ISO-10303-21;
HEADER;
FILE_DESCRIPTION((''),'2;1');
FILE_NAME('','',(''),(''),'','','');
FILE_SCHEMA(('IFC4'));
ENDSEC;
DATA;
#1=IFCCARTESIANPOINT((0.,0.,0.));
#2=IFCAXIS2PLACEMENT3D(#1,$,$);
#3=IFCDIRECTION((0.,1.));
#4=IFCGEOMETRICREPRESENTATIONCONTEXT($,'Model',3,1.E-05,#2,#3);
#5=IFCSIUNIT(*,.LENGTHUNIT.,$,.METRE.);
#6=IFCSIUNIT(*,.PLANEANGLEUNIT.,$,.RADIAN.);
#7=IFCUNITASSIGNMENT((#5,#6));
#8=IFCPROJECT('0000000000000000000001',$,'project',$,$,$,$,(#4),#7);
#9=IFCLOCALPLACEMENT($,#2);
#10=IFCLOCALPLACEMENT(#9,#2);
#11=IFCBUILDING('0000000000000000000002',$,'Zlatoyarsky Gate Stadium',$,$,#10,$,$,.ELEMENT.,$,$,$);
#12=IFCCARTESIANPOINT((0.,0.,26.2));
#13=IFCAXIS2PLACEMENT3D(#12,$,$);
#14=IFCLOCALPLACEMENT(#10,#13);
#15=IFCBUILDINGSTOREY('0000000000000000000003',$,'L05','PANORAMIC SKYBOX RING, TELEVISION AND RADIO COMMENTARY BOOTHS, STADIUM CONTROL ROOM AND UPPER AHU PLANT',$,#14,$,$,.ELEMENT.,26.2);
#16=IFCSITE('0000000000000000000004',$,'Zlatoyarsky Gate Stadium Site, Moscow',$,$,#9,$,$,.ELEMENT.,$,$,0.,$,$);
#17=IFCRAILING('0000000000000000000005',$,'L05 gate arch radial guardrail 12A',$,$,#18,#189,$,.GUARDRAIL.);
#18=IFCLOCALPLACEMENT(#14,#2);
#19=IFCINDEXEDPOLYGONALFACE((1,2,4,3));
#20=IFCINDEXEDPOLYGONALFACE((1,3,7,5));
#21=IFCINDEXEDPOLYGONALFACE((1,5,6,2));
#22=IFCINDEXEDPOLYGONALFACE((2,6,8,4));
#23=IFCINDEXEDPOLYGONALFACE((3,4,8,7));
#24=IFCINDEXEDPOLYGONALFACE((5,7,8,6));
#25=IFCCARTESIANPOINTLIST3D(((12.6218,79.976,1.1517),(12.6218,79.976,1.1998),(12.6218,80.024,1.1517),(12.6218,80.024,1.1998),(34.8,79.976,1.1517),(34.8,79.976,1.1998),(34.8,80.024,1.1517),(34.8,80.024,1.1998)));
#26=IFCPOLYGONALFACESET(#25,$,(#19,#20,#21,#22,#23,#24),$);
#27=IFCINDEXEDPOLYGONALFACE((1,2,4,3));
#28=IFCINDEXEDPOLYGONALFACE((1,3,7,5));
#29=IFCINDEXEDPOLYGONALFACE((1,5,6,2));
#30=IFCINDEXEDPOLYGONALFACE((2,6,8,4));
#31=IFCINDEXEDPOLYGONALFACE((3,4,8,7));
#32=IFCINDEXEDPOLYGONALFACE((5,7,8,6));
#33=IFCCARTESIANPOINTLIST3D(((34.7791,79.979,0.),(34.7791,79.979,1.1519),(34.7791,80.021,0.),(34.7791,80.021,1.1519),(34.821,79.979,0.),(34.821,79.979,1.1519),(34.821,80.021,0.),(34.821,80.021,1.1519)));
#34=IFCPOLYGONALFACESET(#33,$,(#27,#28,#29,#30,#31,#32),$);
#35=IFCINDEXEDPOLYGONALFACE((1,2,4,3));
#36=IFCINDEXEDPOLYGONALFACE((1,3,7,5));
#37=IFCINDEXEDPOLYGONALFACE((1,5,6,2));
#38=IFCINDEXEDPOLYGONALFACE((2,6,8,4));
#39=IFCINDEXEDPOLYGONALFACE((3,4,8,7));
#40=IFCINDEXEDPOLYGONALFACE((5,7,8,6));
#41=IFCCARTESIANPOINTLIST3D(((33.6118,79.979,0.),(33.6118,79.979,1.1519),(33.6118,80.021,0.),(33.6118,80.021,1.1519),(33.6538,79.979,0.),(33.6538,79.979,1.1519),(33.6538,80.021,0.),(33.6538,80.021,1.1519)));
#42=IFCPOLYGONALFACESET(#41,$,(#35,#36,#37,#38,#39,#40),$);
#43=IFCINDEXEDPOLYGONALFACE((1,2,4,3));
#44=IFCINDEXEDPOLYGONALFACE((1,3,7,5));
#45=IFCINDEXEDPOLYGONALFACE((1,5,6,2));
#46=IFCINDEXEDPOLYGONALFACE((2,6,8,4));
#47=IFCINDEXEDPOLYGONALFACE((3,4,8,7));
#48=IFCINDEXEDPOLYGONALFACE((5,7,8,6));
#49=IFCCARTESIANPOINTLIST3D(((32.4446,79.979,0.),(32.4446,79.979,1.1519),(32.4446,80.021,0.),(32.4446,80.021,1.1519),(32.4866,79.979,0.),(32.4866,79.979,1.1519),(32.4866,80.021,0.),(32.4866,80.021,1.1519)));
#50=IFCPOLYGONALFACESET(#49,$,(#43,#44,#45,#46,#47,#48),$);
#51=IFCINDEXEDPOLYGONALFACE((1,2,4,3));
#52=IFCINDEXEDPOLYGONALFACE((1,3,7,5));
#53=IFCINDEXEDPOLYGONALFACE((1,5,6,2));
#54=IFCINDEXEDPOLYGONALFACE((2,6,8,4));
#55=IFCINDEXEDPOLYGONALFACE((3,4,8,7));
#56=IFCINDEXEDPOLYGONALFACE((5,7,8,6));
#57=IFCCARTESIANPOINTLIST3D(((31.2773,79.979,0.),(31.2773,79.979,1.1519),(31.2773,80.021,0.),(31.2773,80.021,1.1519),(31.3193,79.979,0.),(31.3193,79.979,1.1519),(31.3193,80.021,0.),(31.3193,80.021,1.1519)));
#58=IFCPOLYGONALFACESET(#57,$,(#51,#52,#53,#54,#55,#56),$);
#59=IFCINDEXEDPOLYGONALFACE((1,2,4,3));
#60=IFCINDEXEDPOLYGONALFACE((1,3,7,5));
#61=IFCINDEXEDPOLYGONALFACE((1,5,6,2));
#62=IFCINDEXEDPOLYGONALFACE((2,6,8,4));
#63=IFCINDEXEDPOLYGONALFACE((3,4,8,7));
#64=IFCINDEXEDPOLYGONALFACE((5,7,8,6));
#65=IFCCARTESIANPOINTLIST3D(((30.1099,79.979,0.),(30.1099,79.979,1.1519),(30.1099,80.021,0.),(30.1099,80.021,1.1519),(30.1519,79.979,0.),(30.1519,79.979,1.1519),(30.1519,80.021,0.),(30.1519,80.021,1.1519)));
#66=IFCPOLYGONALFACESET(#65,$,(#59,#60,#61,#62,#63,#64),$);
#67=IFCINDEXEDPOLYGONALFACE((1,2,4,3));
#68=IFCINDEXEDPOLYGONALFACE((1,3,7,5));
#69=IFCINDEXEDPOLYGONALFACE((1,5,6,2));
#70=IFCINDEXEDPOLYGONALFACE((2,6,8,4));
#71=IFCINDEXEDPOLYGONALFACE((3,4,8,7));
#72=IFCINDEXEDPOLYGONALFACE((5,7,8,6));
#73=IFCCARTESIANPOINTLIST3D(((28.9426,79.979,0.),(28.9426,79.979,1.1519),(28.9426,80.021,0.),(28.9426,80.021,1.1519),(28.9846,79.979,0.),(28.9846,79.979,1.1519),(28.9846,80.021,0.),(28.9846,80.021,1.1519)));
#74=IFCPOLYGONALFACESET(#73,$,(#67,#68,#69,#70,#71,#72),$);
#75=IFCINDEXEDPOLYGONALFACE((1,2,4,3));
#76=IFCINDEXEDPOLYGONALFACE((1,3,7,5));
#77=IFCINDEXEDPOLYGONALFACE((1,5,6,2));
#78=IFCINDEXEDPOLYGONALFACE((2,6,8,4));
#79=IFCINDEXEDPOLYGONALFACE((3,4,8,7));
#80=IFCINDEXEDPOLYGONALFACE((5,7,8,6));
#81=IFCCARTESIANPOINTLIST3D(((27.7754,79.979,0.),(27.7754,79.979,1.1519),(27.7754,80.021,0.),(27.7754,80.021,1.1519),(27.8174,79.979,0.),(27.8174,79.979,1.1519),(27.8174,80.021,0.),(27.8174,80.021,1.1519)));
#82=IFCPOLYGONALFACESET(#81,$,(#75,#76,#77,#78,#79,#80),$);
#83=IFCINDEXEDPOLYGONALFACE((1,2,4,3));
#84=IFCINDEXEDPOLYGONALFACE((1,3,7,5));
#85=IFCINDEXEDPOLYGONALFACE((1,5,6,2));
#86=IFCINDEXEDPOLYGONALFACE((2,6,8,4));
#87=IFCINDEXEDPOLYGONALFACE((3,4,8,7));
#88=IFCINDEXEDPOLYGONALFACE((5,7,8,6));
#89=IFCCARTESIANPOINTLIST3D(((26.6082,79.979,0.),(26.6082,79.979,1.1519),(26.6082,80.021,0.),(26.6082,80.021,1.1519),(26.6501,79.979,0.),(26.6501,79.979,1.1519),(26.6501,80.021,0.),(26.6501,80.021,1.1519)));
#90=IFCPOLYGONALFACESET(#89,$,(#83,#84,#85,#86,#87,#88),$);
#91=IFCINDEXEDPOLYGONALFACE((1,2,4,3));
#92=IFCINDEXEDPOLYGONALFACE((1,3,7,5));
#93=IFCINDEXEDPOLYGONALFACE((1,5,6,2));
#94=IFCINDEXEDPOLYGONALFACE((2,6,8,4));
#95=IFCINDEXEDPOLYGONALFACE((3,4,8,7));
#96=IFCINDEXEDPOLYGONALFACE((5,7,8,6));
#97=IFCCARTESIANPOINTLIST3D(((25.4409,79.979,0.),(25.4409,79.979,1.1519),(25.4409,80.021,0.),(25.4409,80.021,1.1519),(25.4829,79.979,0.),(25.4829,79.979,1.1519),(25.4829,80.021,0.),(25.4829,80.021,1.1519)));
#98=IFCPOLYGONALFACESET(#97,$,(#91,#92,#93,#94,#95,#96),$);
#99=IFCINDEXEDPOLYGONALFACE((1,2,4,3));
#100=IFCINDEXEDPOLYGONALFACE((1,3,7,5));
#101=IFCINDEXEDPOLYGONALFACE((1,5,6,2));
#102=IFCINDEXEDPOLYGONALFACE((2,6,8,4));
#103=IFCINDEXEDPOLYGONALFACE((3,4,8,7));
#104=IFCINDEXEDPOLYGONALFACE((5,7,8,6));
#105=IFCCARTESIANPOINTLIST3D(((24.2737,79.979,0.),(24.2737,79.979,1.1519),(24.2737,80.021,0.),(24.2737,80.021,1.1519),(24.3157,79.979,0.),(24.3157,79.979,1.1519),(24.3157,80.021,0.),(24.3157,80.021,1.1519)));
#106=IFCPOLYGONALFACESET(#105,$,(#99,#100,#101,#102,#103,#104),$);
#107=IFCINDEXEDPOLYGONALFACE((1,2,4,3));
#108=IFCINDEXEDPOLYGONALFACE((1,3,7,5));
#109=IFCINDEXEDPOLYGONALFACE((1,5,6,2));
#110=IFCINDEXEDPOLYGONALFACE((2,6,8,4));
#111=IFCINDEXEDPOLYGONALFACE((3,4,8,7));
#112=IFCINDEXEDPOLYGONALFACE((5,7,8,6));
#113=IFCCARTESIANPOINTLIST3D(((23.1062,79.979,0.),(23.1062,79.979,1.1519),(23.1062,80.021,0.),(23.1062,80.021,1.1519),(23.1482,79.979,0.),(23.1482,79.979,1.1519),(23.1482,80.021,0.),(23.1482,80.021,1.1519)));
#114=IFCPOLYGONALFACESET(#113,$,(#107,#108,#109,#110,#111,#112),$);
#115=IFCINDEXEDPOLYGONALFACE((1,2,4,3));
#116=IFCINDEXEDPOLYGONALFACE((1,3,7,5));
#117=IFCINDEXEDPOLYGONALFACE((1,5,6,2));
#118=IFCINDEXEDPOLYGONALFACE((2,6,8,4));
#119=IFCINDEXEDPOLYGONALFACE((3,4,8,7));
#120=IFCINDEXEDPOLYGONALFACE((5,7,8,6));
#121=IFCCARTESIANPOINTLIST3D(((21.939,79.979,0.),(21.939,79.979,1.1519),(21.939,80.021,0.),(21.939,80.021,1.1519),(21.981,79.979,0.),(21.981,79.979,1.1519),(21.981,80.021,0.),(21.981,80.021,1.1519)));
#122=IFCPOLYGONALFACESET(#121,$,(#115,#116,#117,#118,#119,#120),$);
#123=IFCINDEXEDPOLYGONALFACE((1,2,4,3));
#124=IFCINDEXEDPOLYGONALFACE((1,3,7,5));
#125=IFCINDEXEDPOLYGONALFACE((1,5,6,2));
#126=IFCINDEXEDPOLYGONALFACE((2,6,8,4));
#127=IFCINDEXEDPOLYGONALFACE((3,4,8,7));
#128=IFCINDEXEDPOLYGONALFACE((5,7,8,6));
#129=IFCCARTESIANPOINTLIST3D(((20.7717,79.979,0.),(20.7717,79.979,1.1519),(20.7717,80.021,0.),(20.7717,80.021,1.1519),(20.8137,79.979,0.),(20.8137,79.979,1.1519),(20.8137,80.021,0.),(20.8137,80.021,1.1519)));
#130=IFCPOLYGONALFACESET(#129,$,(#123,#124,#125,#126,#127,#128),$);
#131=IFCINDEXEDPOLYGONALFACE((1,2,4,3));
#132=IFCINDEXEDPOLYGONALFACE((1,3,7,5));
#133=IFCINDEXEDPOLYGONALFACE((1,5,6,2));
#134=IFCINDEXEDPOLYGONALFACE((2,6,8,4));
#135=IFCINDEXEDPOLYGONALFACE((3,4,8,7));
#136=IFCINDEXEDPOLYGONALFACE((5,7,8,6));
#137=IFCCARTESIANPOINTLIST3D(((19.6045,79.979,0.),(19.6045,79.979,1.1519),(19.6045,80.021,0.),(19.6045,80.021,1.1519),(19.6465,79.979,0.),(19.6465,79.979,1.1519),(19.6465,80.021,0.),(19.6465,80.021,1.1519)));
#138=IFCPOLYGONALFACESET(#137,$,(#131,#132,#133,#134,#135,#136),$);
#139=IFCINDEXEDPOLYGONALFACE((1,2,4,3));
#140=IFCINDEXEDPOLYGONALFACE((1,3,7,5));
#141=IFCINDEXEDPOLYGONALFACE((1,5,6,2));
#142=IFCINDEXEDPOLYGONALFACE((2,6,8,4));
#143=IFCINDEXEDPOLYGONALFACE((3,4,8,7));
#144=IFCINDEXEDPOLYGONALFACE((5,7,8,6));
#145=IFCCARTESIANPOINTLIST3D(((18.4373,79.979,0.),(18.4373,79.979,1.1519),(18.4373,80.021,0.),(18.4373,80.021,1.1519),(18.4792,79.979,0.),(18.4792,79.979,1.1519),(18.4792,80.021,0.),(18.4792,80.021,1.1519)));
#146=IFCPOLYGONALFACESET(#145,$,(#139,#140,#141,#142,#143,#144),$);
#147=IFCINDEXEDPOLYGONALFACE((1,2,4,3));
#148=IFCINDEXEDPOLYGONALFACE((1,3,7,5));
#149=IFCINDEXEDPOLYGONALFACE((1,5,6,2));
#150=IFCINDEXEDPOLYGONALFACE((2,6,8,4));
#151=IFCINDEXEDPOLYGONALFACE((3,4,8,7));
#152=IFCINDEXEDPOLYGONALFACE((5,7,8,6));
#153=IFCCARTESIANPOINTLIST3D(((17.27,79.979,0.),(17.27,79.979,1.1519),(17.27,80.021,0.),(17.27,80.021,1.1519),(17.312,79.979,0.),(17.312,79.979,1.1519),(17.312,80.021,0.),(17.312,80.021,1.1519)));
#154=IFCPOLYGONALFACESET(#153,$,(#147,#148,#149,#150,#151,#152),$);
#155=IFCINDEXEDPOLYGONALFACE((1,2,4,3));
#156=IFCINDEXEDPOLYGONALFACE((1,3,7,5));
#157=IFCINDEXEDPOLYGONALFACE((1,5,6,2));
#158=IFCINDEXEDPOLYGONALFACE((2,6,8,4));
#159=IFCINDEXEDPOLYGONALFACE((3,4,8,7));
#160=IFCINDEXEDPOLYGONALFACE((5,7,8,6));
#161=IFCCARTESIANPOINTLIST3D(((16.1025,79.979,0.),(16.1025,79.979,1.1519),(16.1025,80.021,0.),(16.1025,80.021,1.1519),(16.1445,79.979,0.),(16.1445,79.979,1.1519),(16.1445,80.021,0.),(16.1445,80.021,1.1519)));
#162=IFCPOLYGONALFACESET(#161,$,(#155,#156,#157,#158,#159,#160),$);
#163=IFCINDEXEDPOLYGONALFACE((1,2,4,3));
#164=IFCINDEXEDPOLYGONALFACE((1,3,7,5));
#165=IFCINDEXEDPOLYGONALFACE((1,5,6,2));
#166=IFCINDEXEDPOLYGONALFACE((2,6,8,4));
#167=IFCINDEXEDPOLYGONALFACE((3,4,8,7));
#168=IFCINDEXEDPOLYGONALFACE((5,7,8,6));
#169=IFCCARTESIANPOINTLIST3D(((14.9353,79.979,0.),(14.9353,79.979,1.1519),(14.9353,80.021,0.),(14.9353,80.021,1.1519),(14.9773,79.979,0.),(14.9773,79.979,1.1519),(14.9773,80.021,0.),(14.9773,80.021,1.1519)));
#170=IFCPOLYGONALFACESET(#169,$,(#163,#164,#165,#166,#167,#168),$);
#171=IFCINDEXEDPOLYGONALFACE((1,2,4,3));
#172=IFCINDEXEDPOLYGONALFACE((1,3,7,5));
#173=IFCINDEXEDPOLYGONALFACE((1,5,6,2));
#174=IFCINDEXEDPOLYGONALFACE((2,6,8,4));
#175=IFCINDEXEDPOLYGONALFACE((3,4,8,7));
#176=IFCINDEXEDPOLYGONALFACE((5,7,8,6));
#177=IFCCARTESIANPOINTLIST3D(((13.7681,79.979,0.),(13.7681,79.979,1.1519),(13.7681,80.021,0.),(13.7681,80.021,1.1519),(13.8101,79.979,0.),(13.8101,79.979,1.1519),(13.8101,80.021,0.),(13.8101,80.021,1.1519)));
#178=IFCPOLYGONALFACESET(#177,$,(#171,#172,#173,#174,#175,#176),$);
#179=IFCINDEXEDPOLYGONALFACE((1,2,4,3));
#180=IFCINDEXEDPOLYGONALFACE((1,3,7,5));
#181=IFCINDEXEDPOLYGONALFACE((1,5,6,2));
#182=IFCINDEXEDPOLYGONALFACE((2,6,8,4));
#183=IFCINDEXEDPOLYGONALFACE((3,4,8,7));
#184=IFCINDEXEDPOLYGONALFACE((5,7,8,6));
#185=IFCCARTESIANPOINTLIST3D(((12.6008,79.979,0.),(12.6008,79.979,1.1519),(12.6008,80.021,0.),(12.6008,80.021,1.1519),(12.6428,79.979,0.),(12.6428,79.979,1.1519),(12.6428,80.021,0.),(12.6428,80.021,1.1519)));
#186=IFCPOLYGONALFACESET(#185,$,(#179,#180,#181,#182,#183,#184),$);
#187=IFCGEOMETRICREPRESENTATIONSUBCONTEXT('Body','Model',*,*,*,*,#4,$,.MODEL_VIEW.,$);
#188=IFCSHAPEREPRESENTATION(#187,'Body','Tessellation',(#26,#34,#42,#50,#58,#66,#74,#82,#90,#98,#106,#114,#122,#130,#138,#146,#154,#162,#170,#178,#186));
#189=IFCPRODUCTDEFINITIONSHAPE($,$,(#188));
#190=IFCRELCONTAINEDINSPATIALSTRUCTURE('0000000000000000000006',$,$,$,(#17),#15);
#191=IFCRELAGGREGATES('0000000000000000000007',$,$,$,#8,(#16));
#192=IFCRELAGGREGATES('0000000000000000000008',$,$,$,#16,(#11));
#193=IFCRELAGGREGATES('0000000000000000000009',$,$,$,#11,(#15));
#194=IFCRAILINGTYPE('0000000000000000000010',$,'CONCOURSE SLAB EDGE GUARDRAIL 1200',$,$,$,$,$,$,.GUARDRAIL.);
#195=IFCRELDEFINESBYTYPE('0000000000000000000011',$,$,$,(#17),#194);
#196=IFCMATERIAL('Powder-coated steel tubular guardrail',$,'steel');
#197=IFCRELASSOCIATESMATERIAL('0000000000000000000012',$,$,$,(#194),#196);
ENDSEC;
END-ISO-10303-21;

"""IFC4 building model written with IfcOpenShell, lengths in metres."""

from ifc_helpers import new_model, si_unit, direction, frame, origin, origin_2d, place, context, subcontext, project, spatial, rectangle, extrude, material, type_object, element, save


model = new_model("IFC4")

# Units and contexts
model_context = context("Model", 3, precision=1e-05, world=origin(), true_north=direction((0.0, 1.0)))
body_context = subcontext(model_context, "Body", "Model", "MODEL_VIEW")
ifc_project = project(units=[si_unit("LENGTHUNIT", "METRE"), si_unit("PLANEANGLEUNIT", "RADIAN")], contexts=[model_context])

# Site, building, storey
site_placement = place(None, origin())
site = spatial("IfcSite", under=ifc_project, at=site_placement, Name="Zlatoyarsky Gate Stadium Site, Moscow", CompositionType="ELEMENT", RefElevation=0.0)
building_placement = place(site_placement, origin())
building = spatial("IfcBuilding", under=site, at=building_placement, Name="Zlatoyarsky Gate Stadium", CompositionType="ELEMENT")
storey_placement = place(building_placement, frame((0.0, 0.0, 26.2)))
storey = spatial("IfcBuildingStorey", under=building, at=storey_placement, Name="L05", Description="PANORAMIC SKYBOX RING, TELEVISION AND RADIO COMMENTARY BOOTHS, STADIUM CONTROL ROOM AND UPPER AHU PLANT", CompositionType="ELEMENT", Elevation=26.2)

# Railing
ifc_material_1 = material(Name="Powder-coated steel tubular guardrail", Category="steel")
railing_type = type_object("IfcRailingType", Name="CONCOURSE SLAB EDGE GUARDRAIL 1200", PredefinedType="GUARDRAIL", material=ifc_material_1)
railing_placement = place(storey_placement, frame((34.8, 80.0, 0.0)))
element("IfcRailing", 1, at=railing_placement, inside=storey, type_object=railing_type, Name="L05 gate arch radial guardrail 12A", PredefinedType="GUARDRAIL", context=body_context, shape_type="SweptSolid", body=[
    extrude(rectangle(XDim=0.0481, YDim=0.0481, at=origin_2d()), frame((0.0, 0.0, 1.1758), z_axis=(-1.0, 0.0, 0.0), x_axis=(0.0, -1.0, 0.0)), (0.0, 0.0, 1.0), 22.1782),
    extrude(rectangle(XDim=0.042, YDim=0.042, at=origin_2d()), origin(), (0.0, 0.0, 1.0), 1.1519),
    extrude(rectangle(XDim=0.042, YDim=0.042, at=origin_2d()), frame((-1.1672, 0.0, 0.0)), (0.0, 0.0, 1.0), 1.1519),
    extrude(rectangle(XDim=0.042, YDim=0.042, at=origin_2d()), frame((-2.3345, 0.0, 0.0)), (0.0, 0.0, 1.0), 1.1519),
    extrude(rectangle(XDim=0.042, YDim=0.042, at=origin_2d()), frame((-3.5017, 0.0, 0.0)), (0.0, 0.0, 1.0), 1.1519),
    extrude(rectangle(XDim=0.042, YDim=0.042, at=origin_2d()), frame((-4.6692, 0.0, 0.0)), (0.0, 0.0, 1.0), 1.1519),
    extrude(rectangle(XDim=0.042, YDim=0.042, at=origin_2d()), frame((-5.8364, 0.0, 0.0)), (0.0, 0.0, 1.0), 1.1519),
    extrude(rectangle(XDim=0.042, YDim=0.042, at=origin_2d()), frame((-7.0037, 0.0, 0.0)), (0.0, 0.0, 1.0), 1.1519),
    extrude(rectangle(XDim=0.042, YDim=0.042, at=origin_2d()), frame((-8.1709, 0.0, 0.0)), (0.0, 0.0, 1.0), 1.1519),
    extrude(rectangle(XDim=0.042, YDim=0.042, at=origin_2d()), frame((-9.3381, 0.0, 0.0)), (0.0, 0.0, 1.0), 1.1519),
    extrude(rectangle(XDim=0.042, YDim=0.042, at=origin_2d()), frame((-10.5054, 0.0, 0.0)), (0.0, 0.0, 1.0), 1.1519),
    extrude(rectangle(XDim=0.042, YDim=0.042, at=origin_2d()), frame((-11.6729, 0.0, 0.0)), (0.0, 0.0, 1.0), 1.1519),
    extrude(rectangle(XDim=0.042, YDim=0.042, at=origin_2d()), frame((-12.8401, 0.0, 0.0)), (0.0, 0.0, 1.0), 1.1519),
    extrude(rectangle(XDim=0.042, YDim=0.042, at=origin_2d()), frame((-14.0073, 0.0, 0.0)), (0.0, 0.0, 1.0), 1.1519),
    extrude(rectangle(XDim=0.042, YDim=0.042, at=origin_2d()), frame((-15.1746, 0.0, 0.0)), (0.0, 0.0, 1.0), 1.1519),
    extrude(rectangle(XDim=0.042, YDim=0.042, at=origin_2d()), frame((-16.3418, 0.0, 0.0)), (0.0, 0.0, 1.0), 1.1519),
    extrude(rectangle(XDim=0.042, YDim=0.042, at=origin_2d()), frame((-17.509, 0.0, 0.0)), (0.0, 0.0, 1.0), 1.1519),
    extrude(rectangle(XDim=0.042, YDim=0.042, at=origin_2d()), frame((-18.6765, 0.0, 0.0)), (0.0, 0.0, 1.0), 1.1519),
    extrude(rectangle(XDim=0.042, YDim=0.042, at=origin_2d()), frame((-19.8438, 0.0, 0.0)), (0.0, 0.0, 1.0), 1.1519),
    extrude(rectangle(XDim=0.042, YDim=0.042, at=origin_2d()), frame((-21.011, 0.0, 0.0)), (0.0, 0.0, 1.0), 1.1519),
    extrude(rectangle(XDim=0.042, YDim=0.042, at=origin_2d()), frame((-22.1782, 0.0, 0.0)), (0.0, 0.0, 1.0), 1.1519),
])

save(model, "model.ifc")
